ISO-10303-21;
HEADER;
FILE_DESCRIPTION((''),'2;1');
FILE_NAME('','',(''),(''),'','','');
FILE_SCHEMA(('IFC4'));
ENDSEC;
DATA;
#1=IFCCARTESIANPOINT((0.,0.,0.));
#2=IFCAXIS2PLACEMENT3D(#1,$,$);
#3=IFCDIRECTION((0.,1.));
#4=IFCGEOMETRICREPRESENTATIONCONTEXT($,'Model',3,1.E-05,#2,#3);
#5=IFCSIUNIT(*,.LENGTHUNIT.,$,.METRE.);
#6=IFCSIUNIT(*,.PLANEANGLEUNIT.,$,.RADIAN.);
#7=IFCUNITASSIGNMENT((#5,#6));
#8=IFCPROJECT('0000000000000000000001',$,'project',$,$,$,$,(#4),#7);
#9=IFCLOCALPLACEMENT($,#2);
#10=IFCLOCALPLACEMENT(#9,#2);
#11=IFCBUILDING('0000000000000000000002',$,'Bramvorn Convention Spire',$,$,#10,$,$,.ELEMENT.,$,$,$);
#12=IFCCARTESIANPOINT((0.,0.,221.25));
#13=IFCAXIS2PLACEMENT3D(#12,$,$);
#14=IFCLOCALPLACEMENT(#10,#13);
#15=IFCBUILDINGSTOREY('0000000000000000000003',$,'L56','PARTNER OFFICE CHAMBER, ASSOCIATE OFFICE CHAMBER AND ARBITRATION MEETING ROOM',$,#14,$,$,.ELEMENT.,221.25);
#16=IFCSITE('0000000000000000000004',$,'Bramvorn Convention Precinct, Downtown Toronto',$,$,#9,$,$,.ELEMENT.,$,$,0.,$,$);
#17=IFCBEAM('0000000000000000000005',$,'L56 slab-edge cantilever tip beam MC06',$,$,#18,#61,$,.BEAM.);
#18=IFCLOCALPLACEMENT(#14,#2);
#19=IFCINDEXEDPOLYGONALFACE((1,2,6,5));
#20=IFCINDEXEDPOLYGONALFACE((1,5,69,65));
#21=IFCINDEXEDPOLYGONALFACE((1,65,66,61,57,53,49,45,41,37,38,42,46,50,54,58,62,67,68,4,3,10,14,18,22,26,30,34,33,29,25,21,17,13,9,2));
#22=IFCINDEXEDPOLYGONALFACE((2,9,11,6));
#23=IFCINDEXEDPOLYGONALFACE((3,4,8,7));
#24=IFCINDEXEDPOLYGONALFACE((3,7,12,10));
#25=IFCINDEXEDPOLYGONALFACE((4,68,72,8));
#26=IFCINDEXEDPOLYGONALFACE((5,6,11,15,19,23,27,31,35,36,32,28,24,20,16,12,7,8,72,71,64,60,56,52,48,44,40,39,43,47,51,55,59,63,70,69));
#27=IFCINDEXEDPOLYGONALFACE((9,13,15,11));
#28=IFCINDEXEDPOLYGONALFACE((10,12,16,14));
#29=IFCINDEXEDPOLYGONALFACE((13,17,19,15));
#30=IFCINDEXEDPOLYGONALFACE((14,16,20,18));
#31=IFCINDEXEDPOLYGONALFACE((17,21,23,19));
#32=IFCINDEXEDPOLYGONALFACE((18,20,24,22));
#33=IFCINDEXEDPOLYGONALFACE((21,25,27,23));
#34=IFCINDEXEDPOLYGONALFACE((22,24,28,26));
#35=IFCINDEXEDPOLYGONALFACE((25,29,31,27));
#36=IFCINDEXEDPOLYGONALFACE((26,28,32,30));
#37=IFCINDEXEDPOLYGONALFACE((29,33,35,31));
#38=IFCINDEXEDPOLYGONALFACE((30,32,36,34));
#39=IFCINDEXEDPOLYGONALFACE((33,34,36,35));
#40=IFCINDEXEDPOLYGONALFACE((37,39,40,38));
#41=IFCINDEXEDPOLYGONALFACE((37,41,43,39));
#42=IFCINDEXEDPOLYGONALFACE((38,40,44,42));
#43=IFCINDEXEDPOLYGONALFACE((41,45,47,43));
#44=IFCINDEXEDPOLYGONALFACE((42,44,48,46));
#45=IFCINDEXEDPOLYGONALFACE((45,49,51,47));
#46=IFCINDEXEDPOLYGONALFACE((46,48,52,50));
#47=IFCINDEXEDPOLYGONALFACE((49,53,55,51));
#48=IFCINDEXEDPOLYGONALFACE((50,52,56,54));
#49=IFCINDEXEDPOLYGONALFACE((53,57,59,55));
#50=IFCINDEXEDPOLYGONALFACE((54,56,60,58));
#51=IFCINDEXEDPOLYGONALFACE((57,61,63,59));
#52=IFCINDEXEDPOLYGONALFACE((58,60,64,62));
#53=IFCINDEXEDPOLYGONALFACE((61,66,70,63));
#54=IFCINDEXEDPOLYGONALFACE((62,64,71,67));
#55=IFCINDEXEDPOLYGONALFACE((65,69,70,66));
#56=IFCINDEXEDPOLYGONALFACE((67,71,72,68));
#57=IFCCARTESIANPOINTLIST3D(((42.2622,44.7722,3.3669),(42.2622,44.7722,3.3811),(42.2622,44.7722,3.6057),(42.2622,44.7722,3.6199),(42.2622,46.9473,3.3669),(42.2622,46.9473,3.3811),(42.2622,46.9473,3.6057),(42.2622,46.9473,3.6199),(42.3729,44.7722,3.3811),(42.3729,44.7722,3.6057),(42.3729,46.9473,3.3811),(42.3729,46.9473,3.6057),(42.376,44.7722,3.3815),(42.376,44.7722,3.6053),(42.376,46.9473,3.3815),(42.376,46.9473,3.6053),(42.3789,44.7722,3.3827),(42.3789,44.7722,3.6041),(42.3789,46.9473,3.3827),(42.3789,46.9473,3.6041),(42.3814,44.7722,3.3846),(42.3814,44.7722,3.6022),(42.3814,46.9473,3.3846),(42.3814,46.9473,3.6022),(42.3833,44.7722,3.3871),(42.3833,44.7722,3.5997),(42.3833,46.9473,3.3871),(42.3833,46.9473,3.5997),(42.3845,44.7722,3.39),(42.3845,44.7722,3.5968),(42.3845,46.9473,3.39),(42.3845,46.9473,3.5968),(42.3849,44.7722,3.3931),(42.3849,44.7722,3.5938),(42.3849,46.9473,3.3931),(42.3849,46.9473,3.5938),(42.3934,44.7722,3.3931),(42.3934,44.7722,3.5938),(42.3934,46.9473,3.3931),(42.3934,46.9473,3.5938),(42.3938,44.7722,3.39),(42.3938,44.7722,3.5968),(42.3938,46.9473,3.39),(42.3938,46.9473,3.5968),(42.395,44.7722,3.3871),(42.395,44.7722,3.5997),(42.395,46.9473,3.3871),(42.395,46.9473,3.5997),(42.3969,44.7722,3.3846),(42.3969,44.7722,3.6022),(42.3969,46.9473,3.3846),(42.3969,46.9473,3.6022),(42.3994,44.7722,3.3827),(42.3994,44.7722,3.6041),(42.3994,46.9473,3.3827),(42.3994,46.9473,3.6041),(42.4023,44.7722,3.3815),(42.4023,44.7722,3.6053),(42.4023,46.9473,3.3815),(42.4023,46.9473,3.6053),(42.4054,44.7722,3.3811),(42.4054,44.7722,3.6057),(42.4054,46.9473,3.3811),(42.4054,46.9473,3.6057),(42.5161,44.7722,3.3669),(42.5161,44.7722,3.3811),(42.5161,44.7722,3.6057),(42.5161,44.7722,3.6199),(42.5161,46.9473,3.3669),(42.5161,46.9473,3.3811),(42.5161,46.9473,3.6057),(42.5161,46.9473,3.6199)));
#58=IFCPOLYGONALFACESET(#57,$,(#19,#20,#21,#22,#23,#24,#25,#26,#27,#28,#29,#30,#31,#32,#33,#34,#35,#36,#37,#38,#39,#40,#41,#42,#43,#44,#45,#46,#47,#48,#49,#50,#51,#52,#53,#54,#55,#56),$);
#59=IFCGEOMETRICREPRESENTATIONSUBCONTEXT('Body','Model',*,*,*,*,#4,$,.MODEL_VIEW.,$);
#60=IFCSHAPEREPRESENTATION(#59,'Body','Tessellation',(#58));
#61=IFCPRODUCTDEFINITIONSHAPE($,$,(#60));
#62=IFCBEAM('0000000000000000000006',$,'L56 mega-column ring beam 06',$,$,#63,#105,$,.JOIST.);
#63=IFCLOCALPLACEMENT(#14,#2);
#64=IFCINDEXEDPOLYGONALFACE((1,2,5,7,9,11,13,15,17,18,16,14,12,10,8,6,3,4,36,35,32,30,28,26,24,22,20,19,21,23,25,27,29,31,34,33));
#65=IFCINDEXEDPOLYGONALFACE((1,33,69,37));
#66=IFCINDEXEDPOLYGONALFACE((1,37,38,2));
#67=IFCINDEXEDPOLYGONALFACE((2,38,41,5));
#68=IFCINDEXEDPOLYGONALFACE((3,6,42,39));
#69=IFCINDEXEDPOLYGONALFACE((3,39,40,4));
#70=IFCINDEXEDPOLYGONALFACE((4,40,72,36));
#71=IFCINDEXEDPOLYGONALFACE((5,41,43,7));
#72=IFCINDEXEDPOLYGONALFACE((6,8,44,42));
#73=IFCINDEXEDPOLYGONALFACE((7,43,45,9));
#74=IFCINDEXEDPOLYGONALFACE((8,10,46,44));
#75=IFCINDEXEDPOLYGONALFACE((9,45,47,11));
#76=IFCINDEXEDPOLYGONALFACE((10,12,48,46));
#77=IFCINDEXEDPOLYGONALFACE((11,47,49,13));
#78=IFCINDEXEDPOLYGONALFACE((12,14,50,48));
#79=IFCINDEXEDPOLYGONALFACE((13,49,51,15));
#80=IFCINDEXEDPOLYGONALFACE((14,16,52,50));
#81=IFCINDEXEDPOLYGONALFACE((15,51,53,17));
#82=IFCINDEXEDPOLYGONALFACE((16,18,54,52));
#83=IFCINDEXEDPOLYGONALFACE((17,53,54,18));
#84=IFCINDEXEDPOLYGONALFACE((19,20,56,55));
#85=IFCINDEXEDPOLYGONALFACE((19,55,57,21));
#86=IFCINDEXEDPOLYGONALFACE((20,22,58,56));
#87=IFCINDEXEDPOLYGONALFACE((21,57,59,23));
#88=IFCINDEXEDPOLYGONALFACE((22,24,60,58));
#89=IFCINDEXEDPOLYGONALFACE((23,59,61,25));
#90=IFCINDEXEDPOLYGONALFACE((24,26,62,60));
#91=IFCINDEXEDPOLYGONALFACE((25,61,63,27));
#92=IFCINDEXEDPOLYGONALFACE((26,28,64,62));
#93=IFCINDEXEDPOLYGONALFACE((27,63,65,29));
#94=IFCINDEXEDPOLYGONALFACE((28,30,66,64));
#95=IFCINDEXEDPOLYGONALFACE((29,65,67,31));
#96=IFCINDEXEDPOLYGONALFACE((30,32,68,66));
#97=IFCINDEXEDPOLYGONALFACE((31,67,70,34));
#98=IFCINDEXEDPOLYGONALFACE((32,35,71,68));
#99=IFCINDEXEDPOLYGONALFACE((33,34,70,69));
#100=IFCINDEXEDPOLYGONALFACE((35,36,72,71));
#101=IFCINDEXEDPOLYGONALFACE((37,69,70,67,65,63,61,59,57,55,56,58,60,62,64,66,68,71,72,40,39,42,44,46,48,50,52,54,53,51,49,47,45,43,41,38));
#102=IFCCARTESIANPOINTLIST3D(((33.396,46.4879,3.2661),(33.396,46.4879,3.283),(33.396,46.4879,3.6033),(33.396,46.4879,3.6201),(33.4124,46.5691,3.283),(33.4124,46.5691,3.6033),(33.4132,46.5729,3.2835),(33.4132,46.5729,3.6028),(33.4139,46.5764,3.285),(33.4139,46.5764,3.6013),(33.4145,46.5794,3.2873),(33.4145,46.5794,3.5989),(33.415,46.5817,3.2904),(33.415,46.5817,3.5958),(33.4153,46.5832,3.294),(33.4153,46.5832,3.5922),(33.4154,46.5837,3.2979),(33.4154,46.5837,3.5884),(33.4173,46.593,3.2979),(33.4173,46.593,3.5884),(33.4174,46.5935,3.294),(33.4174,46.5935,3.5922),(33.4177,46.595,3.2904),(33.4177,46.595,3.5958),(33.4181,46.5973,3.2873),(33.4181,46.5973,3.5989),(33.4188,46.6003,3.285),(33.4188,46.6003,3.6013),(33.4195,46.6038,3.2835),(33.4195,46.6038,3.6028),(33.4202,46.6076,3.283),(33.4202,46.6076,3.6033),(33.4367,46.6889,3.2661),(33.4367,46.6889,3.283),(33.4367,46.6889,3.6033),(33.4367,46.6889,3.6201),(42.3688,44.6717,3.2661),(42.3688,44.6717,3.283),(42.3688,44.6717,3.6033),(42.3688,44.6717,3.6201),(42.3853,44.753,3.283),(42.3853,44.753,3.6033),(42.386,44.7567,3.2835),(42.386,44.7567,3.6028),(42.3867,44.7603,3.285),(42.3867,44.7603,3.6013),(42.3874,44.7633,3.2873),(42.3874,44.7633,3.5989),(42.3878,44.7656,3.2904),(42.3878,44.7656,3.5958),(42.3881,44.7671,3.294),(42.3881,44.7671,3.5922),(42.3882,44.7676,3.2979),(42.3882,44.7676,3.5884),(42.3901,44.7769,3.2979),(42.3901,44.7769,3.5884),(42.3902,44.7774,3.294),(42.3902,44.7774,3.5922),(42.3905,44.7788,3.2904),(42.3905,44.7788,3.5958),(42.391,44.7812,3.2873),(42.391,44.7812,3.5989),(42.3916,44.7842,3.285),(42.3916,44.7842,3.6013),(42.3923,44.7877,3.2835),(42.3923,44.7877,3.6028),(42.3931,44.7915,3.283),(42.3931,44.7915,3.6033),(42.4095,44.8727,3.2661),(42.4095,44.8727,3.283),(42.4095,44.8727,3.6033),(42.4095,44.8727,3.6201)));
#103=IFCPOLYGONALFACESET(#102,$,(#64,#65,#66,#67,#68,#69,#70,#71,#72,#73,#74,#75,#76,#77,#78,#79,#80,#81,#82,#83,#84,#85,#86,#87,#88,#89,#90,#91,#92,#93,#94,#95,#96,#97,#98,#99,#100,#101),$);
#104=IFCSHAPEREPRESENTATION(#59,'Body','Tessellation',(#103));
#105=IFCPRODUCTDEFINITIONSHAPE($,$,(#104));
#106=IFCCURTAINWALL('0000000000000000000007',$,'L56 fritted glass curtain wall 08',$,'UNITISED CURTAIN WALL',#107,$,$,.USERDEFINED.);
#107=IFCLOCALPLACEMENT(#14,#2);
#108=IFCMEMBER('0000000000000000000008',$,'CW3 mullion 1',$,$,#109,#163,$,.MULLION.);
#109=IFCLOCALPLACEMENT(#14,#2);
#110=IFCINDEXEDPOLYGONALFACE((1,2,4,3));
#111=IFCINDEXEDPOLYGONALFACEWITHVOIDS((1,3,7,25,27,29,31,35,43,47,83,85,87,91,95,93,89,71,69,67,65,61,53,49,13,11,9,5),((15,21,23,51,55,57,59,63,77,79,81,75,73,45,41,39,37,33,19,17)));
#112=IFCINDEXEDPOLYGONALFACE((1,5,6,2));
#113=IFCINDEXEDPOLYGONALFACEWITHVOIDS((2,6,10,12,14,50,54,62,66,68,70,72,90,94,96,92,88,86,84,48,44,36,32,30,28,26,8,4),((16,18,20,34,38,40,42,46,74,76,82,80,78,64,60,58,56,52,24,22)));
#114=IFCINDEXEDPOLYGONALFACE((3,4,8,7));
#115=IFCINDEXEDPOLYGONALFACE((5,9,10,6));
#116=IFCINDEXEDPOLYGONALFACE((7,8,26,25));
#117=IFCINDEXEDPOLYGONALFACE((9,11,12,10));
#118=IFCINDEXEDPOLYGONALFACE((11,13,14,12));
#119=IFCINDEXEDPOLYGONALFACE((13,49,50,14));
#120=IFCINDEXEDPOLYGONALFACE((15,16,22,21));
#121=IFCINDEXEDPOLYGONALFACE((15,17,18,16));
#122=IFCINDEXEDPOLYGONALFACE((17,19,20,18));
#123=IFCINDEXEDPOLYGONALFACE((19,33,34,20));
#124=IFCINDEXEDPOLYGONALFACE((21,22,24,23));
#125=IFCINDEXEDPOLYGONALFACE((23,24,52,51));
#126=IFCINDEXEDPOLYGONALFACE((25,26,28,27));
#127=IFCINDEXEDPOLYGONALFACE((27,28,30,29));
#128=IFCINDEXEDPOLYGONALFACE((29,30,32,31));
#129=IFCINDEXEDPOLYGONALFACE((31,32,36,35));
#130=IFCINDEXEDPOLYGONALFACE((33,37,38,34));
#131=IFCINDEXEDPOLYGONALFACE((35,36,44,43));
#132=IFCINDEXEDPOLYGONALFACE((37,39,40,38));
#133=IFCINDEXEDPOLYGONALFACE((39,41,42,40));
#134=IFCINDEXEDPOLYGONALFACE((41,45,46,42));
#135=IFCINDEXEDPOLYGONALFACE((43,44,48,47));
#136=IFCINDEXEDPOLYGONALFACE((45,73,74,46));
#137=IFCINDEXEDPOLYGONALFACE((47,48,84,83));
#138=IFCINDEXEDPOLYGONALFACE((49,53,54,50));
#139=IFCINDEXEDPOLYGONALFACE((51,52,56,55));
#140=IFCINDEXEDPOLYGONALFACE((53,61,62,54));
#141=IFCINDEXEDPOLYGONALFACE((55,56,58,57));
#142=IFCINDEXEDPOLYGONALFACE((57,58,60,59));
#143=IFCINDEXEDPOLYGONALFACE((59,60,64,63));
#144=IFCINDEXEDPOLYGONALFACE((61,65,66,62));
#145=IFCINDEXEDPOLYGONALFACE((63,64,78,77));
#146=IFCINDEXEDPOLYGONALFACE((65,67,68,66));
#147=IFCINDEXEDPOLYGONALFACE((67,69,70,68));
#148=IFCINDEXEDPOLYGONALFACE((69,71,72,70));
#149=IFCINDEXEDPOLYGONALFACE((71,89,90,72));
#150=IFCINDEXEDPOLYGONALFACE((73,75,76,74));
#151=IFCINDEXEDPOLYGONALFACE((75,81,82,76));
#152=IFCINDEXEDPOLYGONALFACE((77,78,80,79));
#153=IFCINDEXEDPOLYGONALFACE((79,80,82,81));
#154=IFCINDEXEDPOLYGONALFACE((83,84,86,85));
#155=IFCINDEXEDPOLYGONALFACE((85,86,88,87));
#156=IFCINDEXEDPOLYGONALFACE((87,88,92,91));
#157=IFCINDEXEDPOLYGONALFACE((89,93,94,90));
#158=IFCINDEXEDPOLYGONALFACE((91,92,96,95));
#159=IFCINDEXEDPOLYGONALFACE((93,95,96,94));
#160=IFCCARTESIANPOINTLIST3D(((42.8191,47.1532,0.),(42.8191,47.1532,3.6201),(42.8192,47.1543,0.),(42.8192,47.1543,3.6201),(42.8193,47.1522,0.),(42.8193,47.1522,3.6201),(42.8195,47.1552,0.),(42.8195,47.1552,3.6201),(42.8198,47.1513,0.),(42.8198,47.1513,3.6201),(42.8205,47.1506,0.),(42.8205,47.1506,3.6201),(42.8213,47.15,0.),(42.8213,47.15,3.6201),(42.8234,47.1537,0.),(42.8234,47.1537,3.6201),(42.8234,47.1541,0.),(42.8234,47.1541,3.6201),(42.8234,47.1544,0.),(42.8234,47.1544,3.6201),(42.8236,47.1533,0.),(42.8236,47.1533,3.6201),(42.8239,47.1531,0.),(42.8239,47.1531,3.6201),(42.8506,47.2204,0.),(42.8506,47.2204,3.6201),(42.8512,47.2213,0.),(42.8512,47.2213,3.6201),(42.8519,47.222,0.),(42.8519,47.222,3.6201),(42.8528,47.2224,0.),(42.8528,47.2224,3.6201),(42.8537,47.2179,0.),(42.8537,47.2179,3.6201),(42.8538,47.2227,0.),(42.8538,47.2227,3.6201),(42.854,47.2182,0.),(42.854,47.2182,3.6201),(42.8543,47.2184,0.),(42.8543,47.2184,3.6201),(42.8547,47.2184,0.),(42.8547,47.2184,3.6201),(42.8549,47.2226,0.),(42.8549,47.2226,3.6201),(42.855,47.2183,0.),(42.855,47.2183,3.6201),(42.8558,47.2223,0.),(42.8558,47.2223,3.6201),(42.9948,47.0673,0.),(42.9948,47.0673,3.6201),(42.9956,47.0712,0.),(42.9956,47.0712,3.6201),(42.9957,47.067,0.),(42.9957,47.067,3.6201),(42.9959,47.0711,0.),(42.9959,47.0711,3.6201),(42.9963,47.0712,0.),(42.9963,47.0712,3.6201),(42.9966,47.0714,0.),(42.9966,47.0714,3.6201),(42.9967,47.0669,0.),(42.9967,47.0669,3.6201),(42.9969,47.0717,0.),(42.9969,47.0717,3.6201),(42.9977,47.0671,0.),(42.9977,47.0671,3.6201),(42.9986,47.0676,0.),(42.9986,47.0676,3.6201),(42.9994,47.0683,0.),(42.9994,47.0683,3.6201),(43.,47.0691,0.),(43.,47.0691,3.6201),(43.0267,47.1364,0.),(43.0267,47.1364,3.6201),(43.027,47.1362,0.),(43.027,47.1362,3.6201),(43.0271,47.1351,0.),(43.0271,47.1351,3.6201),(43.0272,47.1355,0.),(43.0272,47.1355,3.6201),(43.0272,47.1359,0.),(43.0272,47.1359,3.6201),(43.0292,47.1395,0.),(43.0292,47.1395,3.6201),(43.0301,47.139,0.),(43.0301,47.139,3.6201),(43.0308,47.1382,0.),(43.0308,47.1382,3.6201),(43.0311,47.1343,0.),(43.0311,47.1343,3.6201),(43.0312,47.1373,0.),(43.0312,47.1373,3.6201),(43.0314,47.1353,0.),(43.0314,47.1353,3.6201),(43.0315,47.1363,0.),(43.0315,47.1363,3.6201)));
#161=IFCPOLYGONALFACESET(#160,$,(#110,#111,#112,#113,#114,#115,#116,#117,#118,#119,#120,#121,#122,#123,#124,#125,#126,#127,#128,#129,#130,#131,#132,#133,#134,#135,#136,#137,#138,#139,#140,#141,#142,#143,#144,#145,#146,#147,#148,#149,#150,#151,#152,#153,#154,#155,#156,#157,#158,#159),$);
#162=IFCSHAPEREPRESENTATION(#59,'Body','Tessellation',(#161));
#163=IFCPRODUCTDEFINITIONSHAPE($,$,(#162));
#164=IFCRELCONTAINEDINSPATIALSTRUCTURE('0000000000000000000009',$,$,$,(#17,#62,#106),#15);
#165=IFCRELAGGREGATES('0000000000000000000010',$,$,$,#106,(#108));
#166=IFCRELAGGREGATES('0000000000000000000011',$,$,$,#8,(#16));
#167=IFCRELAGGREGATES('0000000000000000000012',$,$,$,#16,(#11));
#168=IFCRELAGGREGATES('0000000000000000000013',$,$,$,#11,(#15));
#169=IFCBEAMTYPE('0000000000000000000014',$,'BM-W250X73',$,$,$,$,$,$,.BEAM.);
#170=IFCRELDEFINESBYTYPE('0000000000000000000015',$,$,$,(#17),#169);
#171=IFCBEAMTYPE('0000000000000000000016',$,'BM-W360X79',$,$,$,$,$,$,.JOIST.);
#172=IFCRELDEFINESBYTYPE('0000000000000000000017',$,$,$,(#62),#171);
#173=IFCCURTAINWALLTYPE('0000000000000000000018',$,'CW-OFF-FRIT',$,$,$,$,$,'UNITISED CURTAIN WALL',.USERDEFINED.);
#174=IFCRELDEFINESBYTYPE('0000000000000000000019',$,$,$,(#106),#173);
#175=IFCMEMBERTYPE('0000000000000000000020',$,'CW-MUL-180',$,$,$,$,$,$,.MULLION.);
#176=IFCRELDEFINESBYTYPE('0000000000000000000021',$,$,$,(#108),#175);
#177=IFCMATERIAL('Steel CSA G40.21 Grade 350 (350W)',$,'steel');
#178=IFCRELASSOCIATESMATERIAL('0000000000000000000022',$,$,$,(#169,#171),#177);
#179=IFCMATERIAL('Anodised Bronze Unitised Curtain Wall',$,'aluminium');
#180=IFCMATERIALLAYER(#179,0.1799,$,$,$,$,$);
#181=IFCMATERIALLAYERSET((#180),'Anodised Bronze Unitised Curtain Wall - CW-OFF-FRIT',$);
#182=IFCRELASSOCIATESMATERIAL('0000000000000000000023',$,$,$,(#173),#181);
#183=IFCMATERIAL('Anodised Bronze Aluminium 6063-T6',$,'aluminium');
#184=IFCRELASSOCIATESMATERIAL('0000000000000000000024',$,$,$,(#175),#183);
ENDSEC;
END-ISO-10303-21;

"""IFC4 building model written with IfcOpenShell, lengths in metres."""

from ifc_helpers import new_model, si_unit, direction, frame, origin, origin_2d, place, context, subcontext, project, spatial, hollow_rectangle, i_section, extrude, material, layer, layer_set, material_profile, profile_set, type_object, element, aggregate, save


model = new_model("IFC4")

# Units and contexts
model_context = context("Model", 3, precision=1e-05, world=origin(), true_north=direction((0.0, 1.0)))
body_context = subcontext(model_context, "Body", "Model", "MODEL_VIEW")
ifc_project = project(units=[si_unit("LENGTHUNIT", "METRE"), si_unit("PLANEANGLEUNIT", "RADIAN")], contexts=[model_context])

# Site, building, storey
site_placement = place(None, origin())
site = spatial("IfcSite", under=ifc_project, at=site_placement, Name="Bramvorn Convention Precinct, Downtown Toronto", CompositionType="ELEMENT", RefElevation=0.0)
building_placement = place(site_placement, origin())
building = spatial("IfcBuilding", under=site, at=building_placement, Name="Bramvorn Convention Spire", CompositionType="ELEMENT")
storey_placement = place(building_placement, frame((0.0, 0.0, 221.25)))
storey = spatial("IfcBuildingStorey", under=building, at=storey_placement, Name="L56", Description="PARTNER OFFICE CHAMBER, ASSOCIATE OFFICE CHAMBER AND ARBITRATION MEETING ROOM", CompositionType="ELEMENT", Elevation=221.25)

# Beams
ifc_material_1 = material(Name="Steel CSA G40.21 Grade 350 (350W)", Category="steel")
ifc_material_profile_1 = material_profile(ifc_material_1, i_section(OverallWidth=0.2539, OverallDepth=0.2529, WebThickness=0.0085, FlangeThickness=0.0142, FilletRadius=0.012, at=origin_2d()))
ifc_profile_set_1 = profile_set([ifc_material_profile_1], Name="Steel CSA G40.21 Grade 350 (350W) - W250X73")
beam_type_1 = type_object("IfcBeamType", Name="BM-W250X73", PredefinedType="BEAM", material=ifc_profile_set_1)
beam_1_placement = place(storey_placement, frame((42.3892, 44.7722, 3.4934), z_axis=(0.0, 1.0, 0.0), x_axis=(-1.0, 0.0, 0.0)))
element("IfcBeam", 1, at=beam_1_placement, inside=storey, type_object=beam_type_1, Name="L56 slab-edge cantilever tip beam MC06", PredefinedType="BEAM", context=body_context, shape_type="SweptSolid", body=[
    extrude(i_section(OverallWidth=0.2539, OverallDepth=0.2529, WebThickness=0.0085, FlangeThickness=0.0142, FilletRadius=0.012, at=origin_2d()), origin(), (0.0, 0.0, 1.0), 2.175),
])
ifc_material_profile_2 = material_profile(ifc_material_1, i_section(OverallWidth=0.2051, OverallDepth=0.354, WebThickness=0.0095, FlangeThickness=0.0168, FilletRadius=0.0149, at=origin_2d()))
ifc_profile_set_2 = profile_set([ifc_material_profile_2], Name="Steel CSA G40.21 Grade 350 (350W) - W360X79")
beam_type_2 = type_object("IfcBeamType", Name="BM-W360X79", PredefinedType="JOIST", material=ifc_profile_set_2)
beam_2_placement = place(storey_placement, frame((42.3892, 44.7722, 3.4431), z_axis=(-0.980125, 0.198382, 0.0), x_axis=(-0.198382, -0.980125, 0.0)))
element("IfcBeam", 2, at=beam_2_placement, inside=storey, type_object=beam_type_2, Name="L56 mega-column ring beam 06", PredefinedType="JOIST", context=body_context, shape_type="SweptSolid", body=[
    extrude(i_section(OverallWidth=0.2051, OverallDepth=0.354, WebThickness=0.0095, FlangeThickness=0.0168, FilletRadius=0.0149, at=origin_2d()), origin(), (0.0, 0.0, 1.0), 9.1548),
])

# Curtain wall, member
ifc_material_2 = material(Name="Anodised Bronze Unitised Curtain Wall", Category="aluminium")
ifc_layer_1 = layer(ifc_material_2, 0.1799)
ifc_layer_set_1 = layer_set([ifc_layer_1], Name="Anodised Bronze Unitised Curtain Wall - CW-OFF-FRIT")
curtain_wall_type = type_object("IfcCurtainWallType", Name="CW-OFF-FRIT", ElementType="UNITISED CURTAIN WALL", PredefinedType="USERDEFINED", material=ifc_layer_set_1)
curtain_wall_1_placement = place(storey_placement, origin())
curtain_wall_1 = element("IfcCurtainWall", 3, at=curtain_wall_1_placement, inside=storey, type_object=curtain_wall_type, Name="L56 fritted glass curtain wall 08", ObjectType="UNITISED CURTAIN WALL", PredefinedType="USERDEFINED")
ifc_material_3 = material(Name="Anodised Bronze Aluminium 6063-T6", Category="aluminium")
ifc_material_profile_3 = material_profile(ifc_material_3, hollow_rectangle(XDim=0.0801, YDim=0.2, WallThickness=0.0039, InnerFilletRadius=0.001, OuterFilletRadius=0.0039, at=origin_2d()))
ifc_profile_set_3 = profile_set([ifc_material_profile_3], Name="Anodised Bronze Aluminium 6063-T6 - CWM80X200")
member_type_1 = type_object("IfcMemberType", Name="CW-MUL-180", PredefinedType="MULLION", material=ifc_profile_set_3)
member_1_placement = place(storey_placement, frame((42.9253, 47.1448, 0.0), z_axis=(0.0, 0.0, 1.0), x_axis=(0.430659, 0.902515, 0.0)))
member_1 = element("IfcMember", 4, at=member_1_placement, type_object=member_type_1, Name="CW3 mullion 1", PredefinedType="MULLION", context=body_context, shape_type="SweptSolid", body=[
    extrude(hollow_rectangle(XDim=0.0801, YDim=0.2, WallThickness=0.0039, InnerFilletRadius=0.001, OuterFilletRadius=0.0039, at=origin_2d()), origin(), (0.0, 0.0, 1.0), 3.6201),
])

aggregate(curtain_wall_1, [member_1])

save(model, "model.ifc")
